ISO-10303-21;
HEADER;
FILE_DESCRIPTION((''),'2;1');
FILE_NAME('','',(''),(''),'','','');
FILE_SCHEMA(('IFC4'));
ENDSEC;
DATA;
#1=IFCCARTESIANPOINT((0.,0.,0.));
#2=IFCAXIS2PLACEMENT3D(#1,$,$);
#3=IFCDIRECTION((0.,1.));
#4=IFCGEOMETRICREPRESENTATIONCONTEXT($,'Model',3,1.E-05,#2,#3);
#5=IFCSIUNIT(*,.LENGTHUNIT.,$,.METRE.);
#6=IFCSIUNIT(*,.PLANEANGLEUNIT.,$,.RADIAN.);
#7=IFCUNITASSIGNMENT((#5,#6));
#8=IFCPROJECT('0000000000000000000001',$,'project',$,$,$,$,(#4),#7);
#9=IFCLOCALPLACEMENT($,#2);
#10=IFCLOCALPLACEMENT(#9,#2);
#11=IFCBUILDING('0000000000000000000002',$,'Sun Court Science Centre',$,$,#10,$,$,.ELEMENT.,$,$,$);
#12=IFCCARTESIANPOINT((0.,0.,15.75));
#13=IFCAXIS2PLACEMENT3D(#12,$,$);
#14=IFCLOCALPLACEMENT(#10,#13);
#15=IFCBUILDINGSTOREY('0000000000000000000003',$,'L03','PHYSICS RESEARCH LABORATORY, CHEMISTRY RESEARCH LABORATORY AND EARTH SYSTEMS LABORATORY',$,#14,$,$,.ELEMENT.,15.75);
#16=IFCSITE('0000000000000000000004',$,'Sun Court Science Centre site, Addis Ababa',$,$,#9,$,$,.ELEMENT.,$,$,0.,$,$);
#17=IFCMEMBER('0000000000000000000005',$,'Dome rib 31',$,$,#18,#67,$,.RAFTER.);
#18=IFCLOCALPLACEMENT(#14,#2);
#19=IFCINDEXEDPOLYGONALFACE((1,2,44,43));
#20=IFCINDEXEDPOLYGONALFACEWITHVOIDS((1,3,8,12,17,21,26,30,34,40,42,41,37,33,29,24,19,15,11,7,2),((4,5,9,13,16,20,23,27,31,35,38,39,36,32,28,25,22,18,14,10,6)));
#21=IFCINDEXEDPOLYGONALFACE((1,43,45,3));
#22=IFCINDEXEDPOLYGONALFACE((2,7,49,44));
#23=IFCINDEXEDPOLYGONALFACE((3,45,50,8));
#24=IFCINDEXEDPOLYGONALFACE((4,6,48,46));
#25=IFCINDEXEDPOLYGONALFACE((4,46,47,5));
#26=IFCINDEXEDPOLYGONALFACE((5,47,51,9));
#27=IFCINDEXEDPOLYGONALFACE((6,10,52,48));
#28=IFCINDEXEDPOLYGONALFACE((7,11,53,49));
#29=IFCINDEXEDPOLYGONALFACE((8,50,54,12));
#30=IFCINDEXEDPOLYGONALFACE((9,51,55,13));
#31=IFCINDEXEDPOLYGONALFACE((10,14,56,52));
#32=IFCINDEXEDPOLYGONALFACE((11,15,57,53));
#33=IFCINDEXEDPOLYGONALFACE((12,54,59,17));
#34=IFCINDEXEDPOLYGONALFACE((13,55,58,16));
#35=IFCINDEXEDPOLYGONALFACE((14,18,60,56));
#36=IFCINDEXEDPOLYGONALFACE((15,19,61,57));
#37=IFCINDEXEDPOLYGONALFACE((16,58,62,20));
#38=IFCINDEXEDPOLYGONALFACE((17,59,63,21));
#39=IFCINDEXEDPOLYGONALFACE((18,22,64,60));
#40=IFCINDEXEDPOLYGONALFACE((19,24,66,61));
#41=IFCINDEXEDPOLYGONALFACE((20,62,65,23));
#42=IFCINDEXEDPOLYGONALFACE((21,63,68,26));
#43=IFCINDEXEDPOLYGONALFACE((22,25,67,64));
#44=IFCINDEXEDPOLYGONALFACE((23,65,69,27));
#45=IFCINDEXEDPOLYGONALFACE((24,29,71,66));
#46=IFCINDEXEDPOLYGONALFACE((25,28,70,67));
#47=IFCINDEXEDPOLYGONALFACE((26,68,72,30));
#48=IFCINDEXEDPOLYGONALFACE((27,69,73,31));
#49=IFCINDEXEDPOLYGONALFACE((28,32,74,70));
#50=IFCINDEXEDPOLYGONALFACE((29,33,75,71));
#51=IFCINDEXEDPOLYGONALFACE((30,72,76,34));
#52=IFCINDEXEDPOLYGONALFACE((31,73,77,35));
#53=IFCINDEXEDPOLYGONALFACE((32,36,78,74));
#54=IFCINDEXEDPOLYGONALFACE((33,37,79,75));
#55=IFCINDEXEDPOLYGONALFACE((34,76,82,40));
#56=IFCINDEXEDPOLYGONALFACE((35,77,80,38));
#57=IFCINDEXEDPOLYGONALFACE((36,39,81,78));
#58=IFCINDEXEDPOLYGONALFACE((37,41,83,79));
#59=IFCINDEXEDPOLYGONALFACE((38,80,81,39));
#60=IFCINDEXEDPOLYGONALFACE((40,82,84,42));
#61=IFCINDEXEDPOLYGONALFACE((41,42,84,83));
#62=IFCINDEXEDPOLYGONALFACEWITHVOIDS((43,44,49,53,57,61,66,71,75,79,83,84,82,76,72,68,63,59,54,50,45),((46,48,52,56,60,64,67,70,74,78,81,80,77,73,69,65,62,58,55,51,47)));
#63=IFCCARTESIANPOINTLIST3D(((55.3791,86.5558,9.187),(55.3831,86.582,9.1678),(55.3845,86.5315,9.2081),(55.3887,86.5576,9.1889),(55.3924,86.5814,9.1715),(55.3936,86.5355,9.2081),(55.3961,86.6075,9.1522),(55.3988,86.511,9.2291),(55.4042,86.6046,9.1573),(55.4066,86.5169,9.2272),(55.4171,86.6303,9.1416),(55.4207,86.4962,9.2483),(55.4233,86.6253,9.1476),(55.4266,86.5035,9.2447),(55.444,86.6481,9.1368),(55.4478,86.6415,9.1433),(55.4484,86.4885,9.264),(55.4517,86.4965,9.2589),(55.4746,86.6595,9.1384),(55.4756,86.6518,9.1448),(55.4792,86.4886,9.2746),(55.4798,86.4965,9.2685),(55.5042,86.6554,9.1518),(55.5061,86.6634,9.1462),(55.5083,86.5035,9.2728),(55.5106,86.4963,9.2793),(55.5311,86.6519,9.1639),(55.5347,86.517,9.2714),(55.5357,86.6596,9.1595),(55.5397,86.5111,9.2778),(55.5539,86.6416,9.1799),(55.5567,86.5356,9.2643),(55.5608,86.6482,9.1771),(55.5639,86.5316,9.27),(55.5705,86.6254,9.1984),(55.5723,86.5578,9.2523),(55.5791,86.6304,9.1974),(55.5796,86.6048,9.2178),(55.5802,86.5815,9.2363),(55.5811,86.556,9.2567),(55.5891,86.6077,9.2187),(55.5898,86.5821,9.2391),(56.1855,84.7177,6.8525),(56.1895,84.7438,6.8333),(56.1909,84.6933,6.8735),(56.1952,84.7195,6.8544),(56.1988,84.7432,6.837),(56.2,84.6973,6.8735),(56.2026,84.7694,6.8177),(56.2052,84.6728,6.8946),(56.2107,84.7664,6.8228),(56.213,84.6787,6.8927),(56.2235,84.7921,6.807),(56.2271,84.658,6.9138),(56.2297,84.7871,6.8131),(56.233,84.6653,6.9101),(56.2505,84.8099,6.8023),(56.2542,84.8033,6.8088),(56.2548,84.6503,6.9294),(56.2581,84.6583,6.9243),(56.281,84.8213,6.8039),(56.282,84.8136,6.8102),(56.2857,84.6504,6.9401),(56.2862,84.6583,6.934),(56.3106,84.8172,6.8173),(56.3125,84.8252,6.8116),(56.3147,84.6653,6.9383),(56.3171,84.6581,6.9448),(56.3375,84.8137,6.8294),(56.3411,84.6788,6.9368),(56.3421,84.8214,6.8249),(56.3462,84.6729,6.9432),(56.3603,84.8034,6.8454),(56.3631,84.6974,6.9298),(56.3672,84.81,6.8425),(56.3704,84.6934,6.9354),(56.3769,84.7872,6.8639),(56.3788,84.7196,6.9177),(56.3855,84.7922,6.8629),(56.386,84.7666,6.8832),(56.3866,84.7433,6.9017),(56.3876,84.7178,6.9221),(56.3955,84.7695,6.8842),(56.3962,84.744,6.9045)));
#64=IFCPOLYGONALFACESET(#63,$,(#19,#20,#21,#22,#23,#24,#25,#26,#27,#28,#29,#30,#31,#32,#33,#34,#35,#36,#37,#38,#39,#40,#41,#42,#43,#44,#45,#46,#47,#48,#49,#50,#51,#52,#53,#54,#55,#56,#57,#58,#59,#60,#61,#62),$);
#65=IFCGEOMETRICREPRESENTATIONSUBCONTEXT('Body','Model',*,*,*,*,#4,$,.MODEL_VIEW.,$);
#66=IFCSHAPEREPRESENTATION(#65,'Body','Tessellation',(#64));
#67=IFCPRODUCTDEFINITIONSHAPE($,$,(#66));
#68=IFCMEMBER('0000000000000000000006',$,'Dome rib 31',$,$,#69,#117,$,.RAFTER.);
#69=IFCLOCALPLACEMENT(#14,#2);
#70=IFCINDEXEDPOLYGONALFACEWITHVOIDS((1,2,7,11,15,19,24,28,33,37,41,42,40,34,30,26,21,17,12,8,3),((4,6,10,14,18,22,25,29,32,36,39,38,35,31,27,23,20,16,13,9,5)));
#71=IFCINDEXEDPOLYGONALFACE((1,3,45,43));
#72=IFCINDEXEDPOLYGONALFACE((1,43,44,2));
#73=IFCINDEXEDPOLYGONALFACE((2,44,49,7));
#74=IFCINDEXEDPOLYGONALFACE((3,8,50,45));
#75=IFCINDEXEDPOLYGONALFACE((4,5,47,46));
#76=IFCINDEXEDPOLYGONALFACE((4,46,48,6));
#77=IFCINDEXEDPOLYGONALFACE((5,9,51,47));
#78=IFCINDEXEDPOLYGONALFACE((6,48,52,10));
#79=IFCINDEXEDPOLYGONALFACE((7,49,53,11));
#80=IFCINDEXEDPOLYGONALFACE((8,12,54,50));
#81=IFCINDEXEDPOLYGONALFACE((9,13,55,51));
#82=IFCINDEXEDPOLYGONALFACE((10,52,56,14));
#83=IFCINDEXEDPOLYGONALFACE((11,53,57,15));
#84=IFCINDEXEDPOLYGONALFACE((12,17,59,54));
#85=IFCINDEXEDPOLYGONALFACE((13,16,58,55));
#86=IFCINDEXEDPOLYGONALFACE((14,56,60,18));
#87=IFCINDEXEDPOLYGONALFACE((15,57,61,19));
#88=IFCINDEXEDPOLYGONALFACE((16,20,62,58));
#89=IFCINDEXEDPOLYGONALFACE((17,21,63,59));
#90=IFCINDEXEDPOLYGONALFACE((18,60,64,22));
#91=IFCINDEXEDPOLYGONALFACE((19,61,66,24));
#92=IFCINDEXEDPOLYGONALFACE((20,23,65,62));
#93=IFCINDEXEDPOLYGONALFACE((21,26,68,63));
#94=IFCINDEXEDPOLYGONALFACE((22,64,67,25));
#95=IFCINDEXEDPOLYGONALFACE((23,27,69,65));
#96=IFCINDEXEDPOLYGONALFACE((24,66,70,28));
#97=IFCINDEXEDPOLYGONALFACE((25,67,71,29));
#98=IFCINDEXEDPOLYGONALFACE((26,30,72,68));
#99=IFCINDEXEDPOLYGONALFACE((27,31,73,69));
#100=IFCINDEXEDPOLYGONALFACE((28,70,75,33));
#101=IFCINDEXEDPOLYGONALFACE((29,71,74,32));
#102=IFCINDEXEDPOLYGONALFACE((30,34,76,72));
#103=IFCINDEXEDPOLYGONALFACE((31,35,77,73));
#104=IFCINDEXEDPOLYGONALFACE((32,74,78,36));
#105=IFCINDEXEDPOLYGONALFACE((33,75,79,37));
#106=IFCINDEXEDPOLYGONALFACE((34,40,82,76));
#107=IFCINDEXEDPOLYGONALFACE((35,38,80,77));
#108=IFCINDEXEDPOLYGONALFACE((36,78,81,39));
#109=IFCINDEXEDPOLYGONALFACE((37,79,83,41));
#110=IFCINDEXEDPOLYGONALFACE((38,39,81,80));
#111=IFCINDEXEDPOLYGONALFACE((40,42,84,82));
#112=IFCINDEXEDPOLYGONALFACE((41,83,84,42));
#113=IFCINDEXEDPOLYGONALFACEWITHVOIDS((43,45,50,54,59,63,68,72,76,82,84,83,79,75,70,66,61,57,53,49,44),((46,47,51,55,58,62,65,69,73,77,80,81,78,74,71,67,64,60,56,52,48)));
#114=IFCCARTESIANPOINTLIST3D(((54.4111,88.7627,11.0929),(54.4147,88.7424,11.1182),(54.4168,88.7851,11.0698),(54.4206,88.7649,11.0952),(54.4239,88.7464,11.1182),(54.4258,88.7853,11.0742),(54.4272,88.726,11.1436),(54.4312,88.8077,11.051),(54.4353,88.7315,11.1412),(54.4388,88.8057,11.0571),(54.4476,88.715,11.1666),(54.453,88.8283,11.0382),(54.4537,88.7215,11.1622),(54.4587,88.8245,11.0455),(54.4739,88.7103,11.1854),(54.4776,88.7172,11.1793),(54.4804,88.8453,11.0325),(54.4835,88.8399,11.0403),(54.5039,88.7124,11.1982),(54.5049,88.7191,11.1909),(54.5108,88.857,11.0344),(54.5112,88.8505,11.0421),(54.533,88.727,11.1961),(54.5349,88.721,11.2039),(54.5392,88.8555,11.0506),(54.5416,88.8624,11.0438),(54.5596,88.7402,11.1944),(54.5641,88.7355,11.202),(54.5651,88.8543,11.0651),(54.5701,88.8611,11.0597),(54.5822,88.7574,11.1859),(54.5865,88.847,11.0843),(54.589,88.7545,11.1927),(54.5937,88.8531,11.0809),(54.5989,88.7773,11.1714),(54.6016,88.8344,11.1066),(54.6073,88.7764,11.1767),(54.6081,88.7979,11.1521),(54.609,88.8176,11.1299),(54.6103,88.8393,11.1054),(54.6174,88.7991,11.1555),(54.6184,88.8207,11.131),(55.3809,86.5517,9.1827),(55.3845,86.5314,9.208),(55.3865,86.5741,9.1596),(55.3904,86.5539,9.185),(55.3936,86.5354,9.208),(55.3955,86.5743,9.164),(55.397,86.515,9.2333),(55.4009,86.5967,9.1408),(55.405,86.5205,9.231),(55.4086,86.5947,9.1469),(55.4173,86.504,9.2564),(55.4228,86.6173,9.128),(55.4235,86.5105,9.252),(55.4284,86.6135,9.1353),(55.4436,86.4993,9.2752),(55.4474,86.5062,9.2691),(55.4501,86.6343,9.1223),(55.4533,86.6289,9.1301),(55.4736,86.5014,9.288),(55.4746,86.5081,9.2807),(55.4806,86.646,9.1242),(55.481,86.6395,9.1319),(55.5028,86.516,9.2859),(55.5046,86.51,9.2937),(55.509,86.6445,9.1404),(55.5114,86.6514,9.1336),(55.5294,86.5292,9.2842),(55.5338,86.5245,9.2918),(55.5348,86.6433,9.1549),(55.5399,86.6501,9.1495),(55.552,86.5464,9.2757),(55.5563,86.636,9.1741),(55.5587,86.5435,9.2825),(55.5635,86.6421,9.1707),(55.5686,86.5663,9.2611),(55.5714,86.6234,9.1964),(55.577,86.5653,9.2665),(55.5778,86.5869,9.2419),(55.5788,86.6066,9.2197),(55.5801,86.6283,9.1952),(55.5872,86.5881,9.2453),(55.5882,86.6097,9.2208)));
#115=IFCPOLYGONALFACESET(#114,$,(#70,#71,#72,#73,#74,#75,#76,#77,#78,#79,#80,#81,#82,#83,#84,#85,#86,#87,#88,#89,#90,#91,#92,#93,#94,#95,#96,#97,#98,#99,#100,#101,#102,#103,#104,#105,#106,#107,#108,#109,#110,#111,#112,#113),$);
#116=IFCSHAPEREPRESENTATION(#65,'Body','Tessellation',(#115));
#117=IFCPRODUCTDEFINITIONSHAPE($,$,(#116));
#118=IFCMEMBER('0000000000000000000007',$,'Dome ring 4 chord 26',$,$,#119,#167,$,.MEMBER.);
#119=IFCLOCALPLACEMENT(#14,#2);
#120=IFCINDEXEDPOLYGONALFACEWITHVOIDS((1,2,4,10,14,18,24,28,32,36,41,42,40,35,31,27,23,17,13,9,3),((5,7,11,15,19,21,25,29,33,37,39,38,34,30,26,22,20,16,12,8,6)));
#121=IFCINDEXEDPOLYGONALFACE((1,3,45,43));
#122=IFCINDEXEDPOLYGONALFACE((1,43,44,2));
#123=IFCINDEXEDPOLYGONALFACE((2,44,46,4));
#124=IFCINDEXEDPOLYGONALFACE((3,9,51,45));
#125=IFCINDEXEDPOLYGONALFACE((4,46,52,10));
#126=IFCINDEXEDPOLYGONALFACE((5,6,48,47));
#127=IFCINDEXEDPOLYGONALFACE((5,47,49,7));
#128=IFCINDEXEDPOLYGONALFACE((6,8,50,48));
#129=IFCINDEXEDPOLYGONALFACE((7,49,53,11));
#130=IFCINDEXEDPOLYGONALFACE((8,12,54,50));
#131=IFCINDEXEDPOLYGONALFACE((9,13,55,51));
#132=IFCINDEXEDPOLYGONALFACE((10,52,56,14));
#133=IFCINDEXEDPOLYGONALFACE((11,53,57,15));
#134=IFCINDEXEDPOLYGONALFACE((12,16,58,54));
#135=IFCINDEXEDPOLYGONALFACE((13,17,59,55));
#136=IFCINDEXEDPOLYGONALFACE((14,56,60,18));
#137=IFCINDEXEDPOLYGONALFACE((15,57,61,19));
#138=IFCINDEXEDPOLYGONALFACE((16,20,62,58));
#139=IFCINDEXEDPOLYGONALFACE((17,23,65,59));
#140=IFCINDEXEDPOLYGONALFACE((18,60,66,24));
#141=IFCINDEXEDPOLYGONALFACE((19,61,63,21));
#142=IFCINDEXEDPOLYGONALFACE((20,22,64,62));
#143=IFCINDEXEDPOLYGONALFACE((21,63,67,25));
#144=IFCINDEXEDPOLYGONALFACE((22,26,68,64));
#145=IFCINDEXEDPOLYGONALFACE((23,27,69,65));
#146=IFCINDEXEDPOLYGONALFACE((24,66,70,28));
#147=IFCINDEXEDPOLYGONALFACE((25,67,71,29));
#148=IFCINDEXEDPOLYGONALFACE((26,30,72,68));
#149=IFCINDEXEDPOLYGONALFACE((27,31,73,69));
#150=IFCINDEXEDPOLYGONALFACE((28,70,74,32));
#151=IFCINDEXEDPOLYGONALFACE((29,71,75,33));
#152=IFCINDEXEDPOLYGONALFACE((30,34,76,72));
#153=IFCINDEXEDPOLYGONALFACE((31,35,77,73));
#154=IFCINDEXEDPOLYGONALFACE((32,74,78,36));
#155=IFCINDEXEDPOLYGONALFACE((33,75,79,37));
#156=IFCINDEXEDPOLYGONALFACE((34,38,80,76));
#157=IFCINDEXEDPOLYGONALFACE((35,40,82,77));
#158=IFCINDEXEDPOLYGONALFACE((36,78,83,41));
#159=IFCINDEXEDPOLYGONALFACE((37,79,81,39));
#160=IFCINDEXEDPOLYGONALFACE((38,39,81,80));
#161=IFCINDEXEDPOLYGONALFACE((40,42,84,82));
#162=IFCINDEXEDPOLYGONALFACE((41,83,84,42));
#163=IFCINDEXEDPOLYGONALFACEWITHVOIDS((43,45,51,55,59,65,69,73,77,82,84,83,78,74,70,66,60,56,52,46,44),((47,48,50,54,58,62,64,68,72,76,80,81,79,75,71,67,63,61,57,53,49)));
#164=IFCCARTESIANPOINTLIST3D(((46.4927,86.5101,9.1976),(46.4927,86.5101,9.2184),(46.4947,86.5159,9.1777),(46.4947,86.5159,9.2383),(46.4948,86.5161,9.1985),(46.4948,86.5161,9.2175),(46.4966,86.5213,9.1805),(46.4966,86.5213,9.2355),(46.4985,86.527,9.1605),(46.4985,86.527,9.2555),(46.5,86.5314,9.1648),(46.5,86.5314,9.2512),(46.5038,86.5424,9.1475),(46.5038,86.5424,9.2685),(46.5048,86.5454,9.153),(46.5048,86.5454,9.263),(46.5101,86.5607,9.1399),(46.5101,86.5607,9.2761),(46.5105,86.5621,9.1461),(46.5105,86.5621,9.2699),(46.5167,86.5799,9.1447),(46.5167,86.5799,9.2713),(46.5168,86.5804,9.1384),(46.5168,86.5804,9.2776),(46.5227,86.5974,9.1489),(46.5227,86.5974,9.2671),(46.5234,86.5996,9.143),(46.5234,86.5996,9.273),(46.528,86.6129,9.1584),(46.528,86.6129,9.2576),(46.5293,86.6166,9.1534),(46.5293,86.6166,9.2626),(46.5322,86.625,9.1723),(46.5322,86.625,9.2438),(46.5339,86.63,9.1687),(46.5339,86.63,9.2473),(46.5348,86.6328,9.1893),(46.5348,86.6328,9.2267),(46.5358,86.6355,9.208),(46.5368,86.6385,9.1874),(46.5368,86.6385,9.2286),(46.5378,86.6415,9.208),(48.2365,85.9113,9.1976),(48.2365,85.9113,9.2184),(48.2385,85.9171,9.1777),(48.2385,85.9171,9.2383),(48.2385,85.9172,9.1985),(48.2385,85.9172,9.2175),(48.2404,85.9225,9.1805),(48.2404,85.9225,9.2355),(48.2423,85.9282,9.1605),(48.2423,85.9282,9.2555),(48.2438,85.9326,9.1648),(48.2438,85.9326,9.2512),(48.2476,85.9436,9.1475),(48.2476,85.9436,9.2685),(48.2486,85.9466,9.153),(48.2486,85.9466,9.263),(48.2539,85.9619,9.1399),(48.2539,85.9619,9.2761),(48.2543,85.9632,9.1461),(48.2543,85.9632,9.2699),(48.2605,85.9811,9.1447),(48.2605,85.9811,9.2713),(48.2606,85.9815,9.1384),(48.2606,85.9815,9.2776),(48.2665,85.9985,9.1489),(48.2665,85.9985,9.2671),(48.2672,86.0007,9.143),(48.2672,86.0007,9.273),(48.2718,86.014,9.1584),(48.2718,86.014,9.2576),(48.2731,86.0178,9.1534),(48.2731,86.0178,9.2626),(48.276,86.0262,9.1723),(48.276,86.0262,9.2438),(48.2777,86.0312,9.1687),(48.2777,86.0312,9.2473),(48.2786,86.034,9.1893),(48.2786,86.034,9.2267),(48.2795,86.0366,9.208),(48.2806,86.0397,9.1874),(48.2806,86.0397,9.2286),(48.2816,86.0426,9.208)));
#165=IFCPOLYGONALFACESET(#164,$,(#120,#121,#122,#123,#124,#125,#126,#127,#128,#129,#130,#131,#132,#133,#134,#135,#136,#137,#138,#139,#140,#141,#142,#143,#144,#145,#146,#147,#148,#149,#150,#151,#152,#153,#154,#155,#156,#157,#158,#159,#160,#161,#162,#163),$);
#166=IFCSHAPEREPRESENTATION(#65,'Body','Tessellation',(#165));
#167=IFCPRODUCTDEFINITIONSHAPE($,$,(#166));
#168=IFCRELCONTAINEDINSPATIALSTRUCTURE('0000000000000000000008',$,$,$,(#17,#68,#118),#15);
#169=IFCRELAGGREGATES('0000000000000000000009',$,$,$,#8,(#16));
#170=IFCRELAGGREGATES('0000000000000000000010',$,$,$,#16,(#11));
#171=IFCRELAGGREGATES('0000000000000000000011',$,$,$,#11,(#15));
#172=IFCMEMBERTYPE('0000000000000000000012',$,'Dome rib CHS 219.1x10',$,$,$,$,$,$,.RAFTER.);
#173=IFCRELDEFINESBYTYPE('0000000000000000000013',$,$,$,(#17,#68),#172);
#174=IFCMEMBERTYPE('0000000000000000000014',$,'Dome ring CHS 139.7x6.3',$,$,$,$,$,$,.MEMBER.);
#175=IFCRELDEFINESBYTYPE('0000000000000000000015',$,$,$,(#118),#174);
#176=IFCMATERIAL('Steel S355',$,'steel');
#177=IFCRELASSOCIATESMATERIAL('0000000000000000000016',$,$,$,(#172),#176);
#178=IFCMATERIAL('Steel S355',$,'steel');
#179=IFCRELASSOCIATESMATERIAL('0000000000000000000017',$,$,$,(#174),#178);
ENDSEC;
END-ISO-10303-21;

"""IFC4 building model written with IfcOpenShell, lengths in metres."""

from ifc_helpers import new_model, si_unit, direction, frame, origin, origin_2d, place, context, subcontext, project, spatial, hollow_circle, extrude, material, material_profile, profile_set, type_object, element, save


model = new_model("IFC4")

# Units and contexts
model_context = context("Model", 3, precision=1e-05, world=origin(), true_north=direction((0.0, 1.0)))
body_context = subcontext(model_context, "Body", "Model", "MODEL_VIEW")
ifc_project = project(units=[si_unit("LENGTHUNIT", "METRE"), si_unit("PLANEANGLEUNIT", "RADIAN")], contexts=[model_context])

# Site, building, storey
site_placement = place(None, origin())
site = spatial("IfcSite", under=ifc_project, at=site_placement, Name="Sun Court Science Centre site, Addis Ababa", CompositionType="ELEMENT", RefElevation=0.0)
building_placement = place(site_placement, origin())
building = spatial("IfcBuilding", under=site, at=building_placement, Name="Sun Court Science Centre", CompositionType="ELEMENT")
storey_placement = place(building_placement, frame((0.0, 0.0, 15.75)))
storey = spatial("IfcBuildingStorey", under=building, at=storey_placement, Name="L03", Description="PHYSICS RESEARCH LABORATORY, CHEMISTRY RESEARCH LABORATORY AND EARTH SYSTEMS LABORATORY", CompositionType="ELEMENT", Elevation=15.75)

# Members
ifc_material_1 = material(Name="Steel S355", Category="steel")
ifc_material_profile_1 = material_profile(ifc_material_1, hollow_circle(Radius=0.1096, WallThickness=0.01, at=origin_2d()), Name="CHS 219.1x10")
ifc_profile_set_1 = profile_set([ifc_material_profile_1], Name="Steel S355")
member_type_1 = type_object("IfcMemberType", Name="Dome rib CHS 219.1x10", PredefinedType="RAFTER", material=ifc_profile_set_1)
member_1_placement = place(storey_placement, frame((56.2913, 84.7373, 6.8735), z_axis=(-0.261922, 0.597037, 0.75825), x_axis=(-0.915752, -0.401744, 0.0)))
element("IfcMember", 1, at=member_1_placement, inside=storey, type_object=member_type_1, Name="Dome rib 31", PredefinedType="RAFTER", context=body_context, shape_type="SweptSolid", body=[
    extrude(hollow_circle(Radius=0.1096, WallThickness=0.01, at=origin_2d()), origin(), (0.0, 0.0, 1.0), 3.0789),
])
member_2_placement = place(storey_placement, frame((55.4849, 86.5754, 9.208), z_axis=(-0.314997, 0.718181, 0.620478), x_axis=(-0.915786, -0.401667, 0.0)))
element("IfcMember", 2, at=member_2_placement, inside=storey, type_object=member_type_1, Name="Dome rib 31", PredefinedType="RAFTER", context=body_context, shape_type="SweptSolid", body=[
    extrude(hollow_circle(Radius=0.1096, WallThickness=0.01, at=origin_2d()), origin(), (0.0, 0.0, 1.0), 3.0786),
])
ifc_material_2 = material(Name="Steel S355", Category="steel")
ifc_material_profile_2 = material_profile(ifc_material_2, hollow_circle(Radius=0.0698, WallThickness=0.0063, at=origin_2d()), Name="CHS 139.7x6.3")
ifc_profile_set_2 = profile_set([ifc_material_profile_2], Name="Steel S355")
member_type_2 = type_object("IfcMemberType", Name="Dome ring CHS 139.7x6.3", PredefinedType="MEMBER", material=ifc_profile_set_2)
member_3_placement = place(storey_placement, frame((46.5151, 86.5754, 9.208), z_axis=(0.945785, -0.324795, 0.0), x_axis=(0.324795, 0.945785, 0.0)))
element("IfcMember", 3, at=member_3_placement, inside=storey, type_object=member_type_2, Name="Dome ring 4 chord 26", PredefinedType="MEMBER", context=body_context, shape_type="SweptSolid", body=[
    extrude(hollow_circle(Radius=0.0698, WallThickness=0.0063, at=origin_2d()), origin(), (0.0, 0.0, 1.0), 1.8438),
])

save(model, "model.ifc")
